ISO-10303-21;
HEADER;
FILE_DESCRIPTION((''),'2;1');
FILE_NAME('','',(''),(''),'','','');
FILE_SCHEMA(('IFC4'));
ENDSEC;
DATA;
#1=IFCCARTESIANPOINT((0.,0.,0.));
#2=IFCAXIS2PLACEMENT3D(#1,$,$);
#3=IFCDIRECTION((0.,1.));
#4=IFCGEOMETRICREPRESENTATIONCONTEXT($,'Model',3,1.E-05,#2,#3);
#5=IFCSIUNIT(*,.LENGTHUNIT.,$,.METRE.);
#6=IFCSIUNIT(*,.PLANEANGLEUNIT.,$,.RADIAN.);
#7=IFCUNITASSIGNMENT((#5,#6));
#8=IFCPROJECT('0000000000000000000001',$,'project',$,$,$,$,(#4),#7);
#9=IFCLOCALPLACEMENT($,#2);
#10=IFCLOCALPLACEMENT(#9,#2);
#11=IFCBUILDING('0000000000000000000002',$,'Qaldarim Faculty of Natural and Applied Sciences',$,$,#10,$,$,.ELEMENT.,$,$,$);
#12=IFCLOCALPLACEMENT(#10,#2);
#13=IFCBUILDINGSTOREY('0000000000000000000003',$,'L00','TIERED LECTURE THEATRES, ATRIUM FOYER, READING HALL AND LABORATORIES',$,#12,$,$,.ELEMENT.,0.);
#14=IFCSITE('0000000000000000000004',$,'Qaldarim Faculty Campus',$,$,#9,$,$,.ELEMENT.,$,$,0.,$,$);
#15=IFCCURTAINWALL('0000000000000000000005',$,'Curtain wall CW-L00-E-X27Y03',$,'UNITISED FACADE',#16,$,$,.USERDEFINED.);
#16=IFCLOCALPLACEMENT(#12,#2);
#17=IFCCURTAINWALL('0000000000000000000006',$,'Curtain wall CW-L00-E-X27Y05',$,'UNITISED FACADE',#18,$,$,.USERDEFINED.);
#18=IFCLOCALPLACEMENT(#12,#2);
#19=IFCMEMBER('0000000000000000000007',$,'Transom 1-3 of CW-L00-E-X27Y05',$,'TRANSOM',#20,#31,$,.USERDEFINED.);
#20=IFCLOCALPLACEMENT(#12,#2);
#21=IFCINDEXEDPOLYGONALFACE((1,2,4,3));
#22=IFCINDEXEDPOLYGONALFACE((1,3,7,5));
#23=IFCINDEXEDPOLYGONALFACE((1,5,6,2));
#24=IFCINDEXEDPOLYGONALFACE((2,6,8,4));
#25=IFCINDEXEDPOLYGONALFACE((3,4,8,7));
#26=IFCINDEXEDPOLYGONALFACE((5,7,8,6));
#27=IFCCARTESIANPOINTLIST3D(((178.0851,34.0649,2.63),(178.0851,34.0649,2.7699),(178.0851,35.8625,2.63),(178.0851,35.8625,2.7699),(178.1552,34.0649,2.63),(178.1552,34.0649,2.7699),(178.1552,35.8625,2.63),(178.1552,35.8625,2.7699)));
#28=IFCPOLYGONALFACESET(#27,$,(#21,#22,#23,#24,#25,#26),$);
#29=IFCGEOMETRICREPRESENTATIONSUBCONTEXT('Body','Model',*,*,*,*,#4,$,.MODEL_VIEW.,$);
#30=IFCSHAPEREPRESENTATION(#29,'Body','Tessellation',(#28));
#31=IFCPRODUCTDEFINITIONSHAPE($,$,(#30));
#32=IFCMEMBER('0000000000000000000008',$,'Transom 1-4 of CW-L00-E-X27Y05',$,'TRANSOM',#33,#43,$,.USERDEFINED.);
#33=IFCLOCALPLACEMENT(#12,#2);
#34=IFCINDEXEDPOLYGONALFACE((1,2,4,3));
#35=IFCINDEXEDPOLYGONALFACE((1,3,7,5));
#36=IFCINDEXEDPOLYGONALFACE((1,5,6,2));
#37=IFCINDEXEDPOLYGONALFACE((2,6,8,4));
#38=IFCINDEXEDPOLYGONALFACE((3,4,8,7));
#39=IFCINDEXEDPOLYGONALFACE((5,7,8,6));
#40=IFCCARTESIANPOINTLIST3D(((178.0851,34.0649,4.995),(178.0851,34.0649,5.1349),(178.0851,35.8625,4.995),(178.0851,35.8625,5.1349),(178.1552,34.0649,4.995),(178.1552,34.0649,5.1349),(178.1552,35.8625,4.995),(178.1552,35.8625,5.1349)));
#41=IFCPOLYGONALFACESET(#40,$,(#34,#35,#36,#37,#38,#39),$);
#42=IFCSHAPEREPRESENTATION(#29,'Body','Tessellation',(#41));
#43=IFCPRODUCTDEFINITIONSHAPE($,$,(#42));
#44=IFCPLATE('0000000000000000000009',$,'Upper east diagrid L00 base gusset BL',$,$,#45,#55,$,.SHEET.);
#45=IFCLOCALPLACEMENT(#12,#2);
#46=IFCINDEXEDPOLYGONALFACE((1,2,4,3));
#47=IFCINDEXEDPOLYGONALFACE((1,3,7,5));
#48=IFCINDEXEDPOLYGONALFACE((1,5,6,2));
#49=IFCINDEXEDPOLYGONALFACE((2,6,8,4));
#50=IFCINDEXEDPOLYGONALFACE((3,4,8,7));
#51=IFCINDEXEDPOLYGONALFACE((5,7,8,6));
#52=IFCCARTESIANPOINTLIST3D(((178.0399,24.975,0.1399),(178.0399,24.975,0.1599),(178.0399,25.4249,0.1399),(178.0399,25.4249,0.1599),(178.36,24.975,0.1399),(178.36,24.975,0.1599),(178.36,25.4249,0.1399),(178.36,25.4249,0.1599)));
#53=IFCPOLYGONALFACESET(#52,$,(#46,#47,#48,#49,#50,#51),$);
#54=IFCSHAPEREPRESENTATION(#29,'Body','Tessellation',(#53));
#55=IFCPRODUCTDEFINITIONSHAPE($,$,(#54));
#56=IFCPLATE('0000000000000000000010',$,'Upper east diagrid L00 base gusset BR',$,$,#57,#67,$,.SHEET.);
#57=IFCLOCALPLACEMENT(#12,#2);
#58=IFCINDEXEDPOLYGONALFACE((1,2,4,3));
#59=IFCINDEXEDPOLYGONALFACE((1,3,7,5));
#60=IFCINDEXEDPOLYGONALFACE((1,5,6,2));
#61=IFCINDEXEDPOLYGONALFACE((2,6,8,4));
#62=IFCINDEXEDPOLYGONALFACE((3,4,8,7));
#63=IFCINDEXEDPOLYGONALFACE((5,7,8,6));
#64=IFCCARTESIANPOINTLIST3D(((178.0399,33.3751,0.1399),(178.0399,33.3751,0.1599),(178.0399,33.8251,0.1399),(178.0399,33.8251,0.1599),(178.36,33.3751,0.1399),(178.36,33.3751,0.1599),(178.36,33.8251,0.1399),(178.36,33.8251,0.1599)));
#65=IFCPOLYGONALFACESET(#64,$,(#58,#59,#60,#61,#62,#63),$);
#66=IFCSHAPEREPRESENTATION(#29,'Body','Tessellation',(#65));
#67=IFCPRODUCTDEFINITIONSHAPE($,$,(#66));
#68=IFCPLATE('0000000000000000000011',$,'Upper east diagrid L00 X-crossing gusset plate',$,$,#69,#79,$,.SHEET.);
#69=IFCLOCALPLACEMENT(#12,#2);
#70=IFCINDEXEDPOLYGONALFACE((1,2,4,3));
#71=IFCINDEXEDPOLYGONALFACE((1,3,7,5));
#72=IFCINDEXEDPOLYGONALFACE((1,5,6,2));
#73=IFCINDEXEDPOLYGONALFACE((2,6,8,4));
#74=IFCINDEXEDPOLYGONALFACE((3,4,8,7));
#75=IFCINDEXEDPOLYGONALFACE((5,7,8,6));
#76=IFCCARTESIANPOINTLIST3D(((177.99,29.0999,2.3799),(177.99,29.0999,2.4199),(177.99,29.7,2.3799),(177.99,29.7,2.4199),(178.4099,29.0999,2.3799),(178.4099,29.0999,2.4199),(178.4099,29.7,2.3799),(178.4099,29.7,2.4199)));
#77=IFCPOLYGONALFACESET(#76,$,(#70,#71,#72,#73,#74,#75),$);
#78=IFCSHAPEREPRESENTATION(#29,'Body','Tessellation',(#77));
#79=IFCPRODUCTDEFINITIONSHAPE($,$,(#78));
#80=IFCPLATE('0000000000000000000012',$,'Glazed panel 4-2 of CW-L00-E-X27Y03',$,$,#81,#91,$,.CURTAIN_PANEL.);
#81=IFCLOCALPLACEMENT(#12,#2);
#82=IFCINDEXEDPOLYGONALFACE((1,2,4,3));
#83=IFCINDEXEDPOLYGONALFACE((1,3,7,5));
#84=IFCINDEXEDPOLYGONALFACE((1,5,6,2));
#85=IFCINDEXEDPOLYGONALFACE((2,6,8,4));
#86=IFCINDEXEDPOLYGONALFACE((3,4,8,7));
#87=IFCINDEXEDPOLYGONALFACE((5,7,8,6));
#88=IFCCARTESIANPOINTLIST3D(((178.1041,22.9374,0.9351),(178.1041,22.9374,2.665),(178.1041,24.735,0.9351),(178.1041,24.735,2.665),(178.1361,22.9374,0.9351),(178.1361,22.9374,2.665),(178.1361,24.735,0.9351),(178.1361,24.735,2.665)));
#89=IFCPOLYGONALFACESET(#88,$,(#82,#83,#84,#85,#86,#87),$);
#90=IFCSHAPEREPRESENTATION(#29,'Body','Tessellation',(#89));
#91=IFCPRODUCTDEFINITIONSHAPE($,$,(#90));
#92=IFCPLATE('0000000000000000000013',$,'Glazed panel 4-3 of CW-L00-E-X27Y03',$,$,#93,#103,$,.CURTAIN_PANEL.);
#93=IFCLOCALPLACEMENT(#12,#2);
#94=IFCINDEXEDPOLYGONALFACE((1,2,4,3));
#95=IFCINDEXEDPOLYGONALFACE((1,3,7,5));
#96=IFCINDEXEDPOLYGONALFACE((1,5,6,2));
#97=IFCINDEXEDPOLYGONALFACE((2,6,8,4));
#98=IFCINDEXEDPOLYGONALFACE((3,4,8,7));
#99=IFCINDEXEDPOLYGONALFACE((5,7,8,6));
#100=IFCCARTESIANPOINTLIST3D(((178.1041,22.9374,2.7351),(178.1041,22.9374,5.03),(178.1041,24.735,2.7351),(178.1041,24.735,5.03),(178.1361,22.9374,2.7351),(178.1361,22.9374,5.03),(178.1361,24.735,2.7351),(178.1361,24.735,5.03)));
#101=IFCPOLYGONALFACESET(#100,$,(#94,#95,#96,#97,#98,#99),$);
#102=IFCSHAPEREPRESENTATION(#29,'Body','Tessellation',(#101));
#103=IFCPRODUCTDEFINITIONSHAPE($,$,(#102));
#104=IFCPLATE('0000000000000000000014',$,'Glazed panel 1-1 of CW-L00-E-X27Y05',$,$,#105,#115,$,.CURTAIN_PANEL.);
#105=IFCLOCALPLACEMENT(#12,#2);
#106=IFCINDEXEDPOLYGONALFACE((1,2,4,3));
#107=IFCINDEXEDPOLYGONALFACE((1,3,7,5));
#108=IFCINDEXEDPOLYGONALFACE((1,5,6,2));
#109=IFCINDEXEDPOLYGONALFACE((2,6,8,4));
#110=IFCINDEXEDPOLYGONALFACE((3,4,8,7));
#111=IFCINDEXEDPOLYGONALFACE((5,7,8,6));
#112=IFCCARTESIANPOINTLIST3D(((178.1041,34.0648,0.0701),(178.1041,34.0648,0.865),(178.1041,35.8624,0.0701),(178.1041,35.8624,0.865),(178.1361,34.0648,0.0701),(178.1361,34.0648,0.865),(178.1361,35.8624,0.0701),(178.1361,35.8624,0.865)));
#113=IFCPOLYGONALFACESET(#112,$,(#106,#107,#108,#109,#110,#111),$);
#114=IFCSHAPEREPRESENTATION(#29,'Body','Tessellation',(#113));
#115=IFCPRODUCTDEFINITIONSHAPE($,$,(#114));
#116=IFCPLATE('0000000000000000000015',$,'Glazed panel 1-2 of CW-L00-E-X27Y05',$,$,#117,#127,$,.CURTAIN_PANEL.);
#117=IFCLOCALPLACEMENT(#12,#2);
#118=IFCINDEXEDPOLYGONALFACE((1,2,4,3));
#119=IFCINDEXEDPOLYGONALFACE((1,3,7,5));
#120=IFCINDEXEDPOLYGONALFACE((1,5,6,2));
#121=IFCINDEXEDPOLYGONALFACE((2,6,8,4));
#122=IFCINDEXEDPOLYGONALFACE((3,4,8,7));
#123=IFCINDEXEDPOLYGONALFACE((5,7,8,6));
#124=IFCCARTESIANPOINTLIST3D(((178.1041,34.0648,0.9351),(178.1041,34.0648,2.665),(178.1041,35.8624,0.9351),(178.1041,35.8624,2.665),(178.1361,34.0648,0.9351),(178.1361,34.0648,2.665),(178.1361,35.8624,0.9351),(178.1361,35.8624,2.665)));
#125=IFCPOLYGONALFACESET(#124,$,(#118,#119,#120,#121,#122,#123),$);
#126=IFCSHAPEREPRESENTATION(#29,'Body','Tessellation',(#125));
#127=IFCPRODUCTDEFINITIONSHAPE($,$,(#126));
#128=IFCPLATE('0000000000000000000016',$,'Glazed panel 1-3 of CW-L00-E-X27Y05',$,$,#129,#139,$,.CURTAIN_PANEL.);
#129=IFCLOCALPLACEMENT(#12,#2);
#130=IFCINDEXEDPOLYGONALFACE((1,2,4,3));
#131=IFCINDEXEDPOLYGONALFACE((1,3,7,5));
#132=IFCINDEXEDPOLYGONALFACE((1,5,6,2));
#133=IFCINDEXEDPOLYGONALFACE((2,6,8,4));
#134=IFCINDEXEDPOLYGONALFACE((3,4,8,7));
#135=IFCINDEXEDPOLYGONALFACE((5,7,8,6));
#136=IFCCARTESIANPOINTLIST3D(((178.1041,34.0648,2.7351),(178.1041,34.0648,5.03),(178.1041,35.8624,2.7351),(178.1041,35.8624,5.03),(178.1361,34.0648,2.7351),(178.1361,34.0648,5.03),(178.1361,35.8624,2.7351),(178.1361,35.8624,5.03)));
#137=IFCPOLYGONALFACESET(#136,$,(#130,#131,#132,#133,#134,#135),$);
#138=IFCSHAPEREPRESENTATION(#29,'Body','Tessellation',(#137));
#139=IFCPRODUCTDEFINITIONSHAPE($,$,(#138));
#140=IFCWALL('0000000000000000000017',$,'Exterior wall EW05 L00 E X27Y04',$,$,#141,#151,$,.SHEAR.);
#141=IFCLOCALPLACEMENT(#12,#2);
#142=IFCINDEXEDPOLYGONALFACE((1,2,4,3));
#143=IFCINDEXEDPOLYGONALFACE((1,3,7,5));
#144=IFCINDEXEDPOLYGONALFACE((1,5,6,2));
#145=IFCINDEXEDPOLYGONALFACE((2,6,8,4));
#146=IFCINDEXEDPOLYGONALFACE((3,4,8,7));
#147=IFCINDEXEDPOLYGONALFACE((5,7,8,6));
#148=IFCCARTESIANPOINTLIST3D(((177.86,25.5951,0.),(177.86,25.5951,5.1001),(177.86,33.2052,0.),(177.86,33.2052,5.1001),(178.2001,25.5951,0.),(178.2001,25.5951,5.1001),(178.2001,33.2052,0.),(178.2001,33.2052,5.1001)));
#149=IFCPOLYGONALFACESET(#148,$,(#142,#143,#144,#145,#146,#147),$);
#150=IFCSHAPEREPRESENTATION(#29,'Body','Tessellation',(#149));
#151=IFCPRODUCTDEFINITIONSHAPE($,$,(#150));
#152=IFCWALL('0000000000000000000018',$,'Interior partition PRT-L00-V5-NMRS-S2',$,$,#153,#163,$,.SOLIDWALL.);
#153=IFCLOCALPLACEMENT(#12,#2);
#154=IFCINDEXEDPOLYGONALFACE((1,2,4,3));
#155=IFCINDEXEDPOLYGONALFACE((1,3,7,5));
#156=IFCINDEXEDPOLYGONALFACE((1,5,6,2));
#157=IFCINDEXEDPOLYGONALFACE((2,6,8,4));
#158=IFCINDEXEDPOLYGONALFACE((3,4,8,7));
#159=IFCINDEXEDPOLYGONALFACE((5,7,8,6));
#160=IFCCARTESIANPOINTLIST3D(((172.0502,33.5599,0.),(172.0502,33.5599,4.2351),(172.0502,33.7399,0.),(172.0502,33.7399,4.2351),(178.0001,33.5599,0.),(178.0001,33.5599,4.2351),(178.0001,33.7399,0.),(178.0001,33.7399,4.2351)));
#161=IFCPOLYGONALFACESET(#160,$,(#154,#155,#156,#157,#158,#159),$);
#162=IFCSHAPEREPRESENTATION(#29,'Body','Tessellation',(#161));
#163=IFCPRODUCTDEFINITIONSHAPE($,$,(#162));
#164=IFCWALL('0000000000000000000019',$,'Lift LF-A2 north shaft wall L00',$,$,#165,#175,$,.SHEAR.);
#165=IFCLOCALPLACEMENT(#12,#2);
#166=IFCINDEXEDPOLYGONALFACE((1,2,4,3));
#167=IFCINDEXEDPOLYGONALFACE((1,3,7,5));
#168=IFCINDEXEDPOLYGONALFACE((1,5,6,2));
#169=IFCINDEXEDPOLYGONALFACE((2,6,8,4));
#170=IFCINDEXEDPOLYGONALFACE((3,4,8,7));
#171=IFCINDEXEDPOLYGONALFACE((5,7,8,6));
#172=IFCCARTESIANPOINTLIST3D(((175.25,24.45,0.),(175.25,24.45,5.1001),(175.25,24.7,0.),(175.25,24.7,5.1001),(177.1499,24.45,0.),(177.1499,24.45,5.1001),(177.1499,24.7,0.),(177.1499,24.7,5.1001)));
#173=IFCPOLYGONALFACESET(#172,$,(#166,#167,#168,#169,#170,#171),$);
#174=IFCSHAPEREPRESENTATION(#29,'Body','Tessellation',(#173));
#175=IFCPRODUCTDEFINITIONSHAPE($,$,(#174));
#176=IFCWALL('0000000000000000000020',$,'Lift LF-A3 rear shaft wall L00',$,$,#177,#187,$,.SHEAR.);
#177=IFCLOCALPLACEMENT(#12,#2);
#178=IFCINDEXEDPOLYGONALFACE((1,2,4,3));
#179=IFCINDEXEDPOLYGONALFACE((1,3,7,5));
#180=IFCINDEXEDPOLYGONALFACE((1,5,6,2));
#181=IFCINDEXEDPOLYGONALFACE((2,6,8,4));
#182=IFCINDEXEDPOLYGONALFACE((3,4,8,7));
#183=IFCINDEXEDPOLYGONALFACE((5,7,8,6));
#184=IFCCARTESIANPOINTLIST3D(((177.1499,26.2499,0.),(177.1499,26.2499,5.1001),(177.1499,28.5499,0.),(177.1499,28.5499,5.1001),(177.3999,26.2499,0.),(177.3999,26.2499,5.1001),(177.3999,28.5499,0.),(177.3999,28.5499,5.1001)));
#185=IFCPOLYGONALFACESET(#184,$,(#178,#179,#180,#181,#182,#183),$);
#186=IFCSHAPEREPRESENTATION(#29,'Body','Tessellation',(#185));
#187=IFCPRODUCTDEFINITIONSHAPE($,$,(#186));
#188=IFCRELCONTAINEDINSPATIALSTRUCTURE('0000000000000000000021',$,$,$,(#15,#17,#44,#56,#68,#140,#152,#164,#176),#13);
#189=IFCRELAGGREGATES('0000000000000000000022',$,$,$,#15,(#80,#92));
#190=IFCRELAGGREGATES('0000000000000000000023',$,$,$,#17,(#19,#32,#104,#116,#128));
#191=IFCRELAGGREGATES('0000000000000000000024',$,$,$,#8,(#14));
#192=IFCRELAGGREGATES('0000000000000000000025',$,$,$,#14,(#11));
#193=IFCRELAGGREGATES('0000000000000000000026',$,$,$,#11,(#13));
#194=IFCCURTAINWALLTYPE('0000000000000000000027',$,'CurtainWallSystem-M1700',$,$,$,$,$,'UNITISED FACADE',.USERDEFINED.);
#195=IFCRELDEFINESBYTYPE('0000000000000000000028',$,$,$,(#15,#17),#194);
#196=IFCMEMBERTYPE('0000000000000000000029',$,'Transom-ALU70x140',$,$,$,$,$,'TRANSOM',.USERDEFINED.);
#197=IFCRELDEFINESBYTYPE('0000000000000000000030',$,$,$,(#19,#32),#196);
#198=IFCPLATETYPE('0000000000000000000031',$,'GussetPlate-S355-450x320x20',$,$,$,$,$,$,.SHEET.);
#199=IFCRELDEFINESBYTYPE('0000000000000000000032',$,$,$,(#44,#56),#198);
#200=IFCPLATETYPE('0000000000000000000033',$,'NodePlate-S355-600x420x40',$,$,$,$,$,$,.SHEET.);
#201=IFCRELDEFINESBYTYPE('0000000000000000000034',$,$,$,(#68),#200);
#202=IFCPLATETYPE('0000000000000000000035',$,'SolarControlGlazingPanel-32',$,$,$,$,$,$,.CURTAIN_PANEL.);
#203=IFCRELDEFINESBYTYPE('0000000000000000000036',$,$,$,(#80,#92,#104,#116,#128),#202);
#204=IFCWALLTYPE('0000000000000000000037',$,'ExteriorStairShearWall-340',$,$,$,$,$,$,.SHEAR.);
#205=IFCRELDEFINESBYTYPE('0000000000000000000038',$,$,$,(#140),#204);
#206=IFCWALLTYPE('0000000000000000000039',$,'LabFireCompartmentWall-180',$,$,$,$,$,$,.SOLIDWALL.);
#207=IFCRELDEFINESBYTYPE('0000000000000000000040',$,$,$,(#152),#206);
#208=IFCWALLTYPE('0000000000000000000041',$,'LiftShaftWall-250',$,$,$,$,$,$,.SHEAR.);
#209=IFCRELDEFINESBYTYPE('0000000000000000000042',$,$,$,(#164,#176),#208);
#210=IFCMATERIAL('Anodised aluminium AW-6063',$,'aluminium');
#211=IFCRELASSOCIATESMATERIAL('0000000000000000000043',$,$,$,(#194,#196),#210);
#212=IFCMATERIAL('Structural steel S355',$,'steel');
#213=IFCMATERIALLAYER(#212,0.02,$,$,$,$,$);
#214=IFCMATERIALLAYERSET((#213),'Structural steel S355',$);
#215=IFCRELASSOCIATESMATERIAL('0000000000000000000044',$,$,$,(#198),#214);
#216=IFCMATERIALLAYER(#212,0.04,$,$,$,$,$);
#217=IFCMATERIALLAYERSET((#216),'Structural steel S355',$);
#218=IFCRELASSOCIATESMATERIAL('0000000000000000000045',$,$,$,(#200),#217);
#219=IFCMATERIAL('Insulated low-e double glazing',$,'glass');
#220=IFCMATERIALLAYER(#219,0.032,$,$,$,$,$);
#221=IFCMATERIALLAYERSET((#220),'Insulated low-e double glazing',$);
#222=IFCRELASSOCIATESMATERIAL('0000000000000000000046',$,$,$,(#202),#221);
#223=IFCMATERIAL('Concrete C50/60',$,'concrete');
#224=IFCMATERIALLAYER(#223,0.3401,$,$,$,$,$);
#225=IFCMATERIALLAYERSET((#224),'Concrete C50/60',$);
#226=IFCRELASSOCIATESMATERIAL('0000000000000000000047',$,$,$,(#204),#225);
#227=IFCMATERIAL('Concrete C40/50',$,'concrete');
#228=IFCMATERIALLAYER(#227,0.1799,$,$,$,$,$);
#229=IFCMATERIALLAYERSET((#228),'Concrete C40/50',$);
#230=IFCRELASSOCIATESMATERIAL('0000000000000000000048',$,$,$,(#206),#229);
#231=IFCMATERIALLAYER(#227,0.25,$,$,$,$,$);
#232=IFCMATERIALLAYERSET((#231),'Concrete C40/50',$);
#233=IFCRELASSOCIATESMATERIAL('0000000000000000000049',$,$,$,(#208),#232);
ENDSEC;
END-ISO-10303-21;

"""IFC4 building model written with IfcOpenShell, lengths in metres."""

from ifc_helpers import new_model, si_unit, direction, frame, frame_2d, origin, origin_2d, place, context, subcontext, project, spatial, rectangle, extrude, material, layer, layer_set, material_profile, profile_set, type_object, element, aggregate, save


model = new_model("IFC4")

# Units and contexts
model_context = context("Model", 3, precision=1e-05, world=origin(), true_north=direction((0.0, 1.0)))
body_context = subcontext(model_context, "Body", "Model", "MODEL_VIEW")
ifc_project = project(units=[si_unit("LENGTHUNIT", "METRE"), si_unit("PLANEANGLEUNIT", "RADIAN")], contexts=[model_context])

# Site, building, storey
site_placement = place(None, origin())
site = spatial("IfcSite", under=ifc_project, at=site_placement, Name="Qaldarim Faculty Campus", CompositionType="ELEMENT", RefElevation=0.0)
building_placement = place(site_placement, origin())
building = spatial("IfcBuilding", under=site, at=building_placement, Name="Qaldarim Faculty of Natural and Applied Sciences", CompositionType="ELEMENT")
storey_placement = place(building_placement, origin())
storey = spatial("IfcBuildingStorey", under=building, at=storey_placement, Name="L00", Description="TIERED LECTURE THEATRES, ATRIUM FOYER, READING HALL AND LABORATORIES", CompositionType="ELEMENT", Elevation=0.0)

# Shared definitions
ifc_material_1 = material(Name="Concrete C50/60", Category="concrete")

# Shared definitions
ifc_material_2 = material(Name="Concrete C40/50", Category="concrete")

# Shared definitions
ifc_material_3 = material(Name="Structural steel S355", Category="steel")

# Curtain walls
ifc_material_4 = material(Name="Anodised aluminium AW-6063", Category="aluminium")
curtain_wall_type = type_object("IfcCurtainWallType", Name="CurtainWallSystem-M1700", ElementType="UNITISED FACADE", PredefinedType="USERDEFINED", material=ifc_material_4)
curtain_wall_1_placement = place(storey_placement, origin())
curtain_wall_1 = element("IfcCurtainWall", 1, at=curtain_wall_1_placement, inside=storey, type_object=curtain_wall_type, Name="Curtain wall CW-L00-E-X27Y03", ObjectType="UNITISED FACADE", PredefinedType="USERDEFINED")
curtain_wall_2_placement = place(storey_placement, origin())
curtain_wall_2 = element("IfcCurtainWall", 2, at=curtain_wall_2_placement, inside=storey, type_object=curtain_wall_type, Name="Curtain wall CW-L00-E-X27Y05", ObjectType="UNITISED FACADE", PredefinedType="USERDEFINED")

# Members
ifc_material_profile_1 = material_profile(ifc_material_4, rectangle(XDim=0.0701, YDim=0.1399, at=origin_2d()), Name="ALU-T70x140")
ifc_profile_set_1 = profile_set([ifc_material_profile_1], Name="Anodised aluminium AW-6063")
member_type_1 = type_object("IfcMemberType", Name="Transom-ALU70x140", ElementType="TRANSOM", PredefinedType="USERDEFINED", material=ifc_profile_set_1)
member_1_placement = place(storey_placement, frame((178.1201, 34.0649, 2.7), z_axis=(0.0, 1.0, 0.0), x_axis=(-1.0, 0.0, 0.0)))
member_1 = element("IfcMember", 3, at=member_1_placement, type_object=member_type_1, Name="Transom 1-3 of CW-L00-E-X27Y05", ObjectType="TRANSOM", PredefinedType="USERDEFINED", context=body_context, shape_type="SweptSolid", body=[
    extrude(rectangle(XDim=0.0701, YDim=0.1399, at=origin_2d()), origin(), (0.0, 0.0, 1.0), 1.7976),
])
member_2_placement = place(storey_placement, frame((178.1201, 34.0649, 5.0649), z_axis=(0.0, 1.0, 0.0), x_axis=(-1.0, 0.0, 0.0)))
member_2 = element("IfcMember", 4, at=member_2_placement, type_object=member_type_1, Name="Transom 1-4 of CW-L00-E-X27Y05", ObjectType="TRANSOM", PredefinedType="USERDEFINED", context=body_context, shape_type="SweptSolid", body=[
    extrude(rectangle(XDim=0.0701, YDim=0.1399, at=origin_2d()), origin(), (0.0, 0.0, 1.0), 1.7976),
])

# Plates
ifc_layer_1 = layer(ifc_material_3, 0.02)
ifc_layer_set_1 = layer_set([ifc_layer_1], Name="Structural steel S355")
plate_type_1 = type_object("IfcPlateType", Name="GussetPlate-S355-450x320x20", PredefinedType="SHEET", material=ifc_layer_set_1)
for number, where, z_axis, x_axis, name in (
    (5, (178.2, 25.2, 0.1399), (0.0, 0.0, 1.0), (0.0, 1.0, 0.0), "Upper east diagrid L00 base gusset BL"),
    (6, (178.2, 33.6001, 0.1399), (0.0, 0.0, 1.0), (0.0, 1.0, 0.0), "Upper east diagrid L00 base gusset BR"),
):
    element("IfcPlate", number, at=place(storey_placement, frame(where, z_axis=z_axis, x_axis=x_axis)), inside=storey, type_object=plate_type_1, Name=name, PredefinedType="SHEET", context=body_context, shape_type="SweptSolid", body=[
        extrude(rectangle(XDim=0.45, YDim=0.3201, at=origin_2d()), origin(), (0.0, 0.0, 1.0), 0.02),
    ])
ifc_layer_2 = layer(ifc_material_3, 0.04)
ifc_layer_set_2 = layer_set([ifc_layer_2], Name="Structural steel S355")
plate_type_2 = type_object("IfcPlateType", Name="NodePlate-S355-600x420x40", PredefinedType="SHEET", material=ifc_layer_set_2)
plate_1_placement = place(storey_placement, frame((178.2, 29.3999, 2.3799), z_axis=(0.0, 0.0, 1.0), x_axis=(0.0, 1.0, 0.0)))
element("IfcPlate", 7, at=plate_1_placement, inside=storey, type_object=plate_type_2, Name="Upper east diagrid L00 X-crossing gusset plate", PredefinedType="SHEET", context=body_context, shape_type="SweptSolid", body=[
    extrude(rectangle(XDim=0.6001, YDim=0.4199, at=origin_2d()), origin(), (0.0, 0.0, 1.0), 0.04),
])

# Plates
ifc_material_5 = material(Name="Insulated low-e double glazing", Category="glass")
ifc_layer_3 = layer(ifc_material_5, 0.032)
ifc_layer_set_3 = layer_set([ifc_layer_3], Name="Insulated low-e double glazing")
plate_type_3 = type_object("IfcPlateType", Name="SolarControlGlazingPanel-32", PredefinedType="CURTAIN_PANEL", material=ifc_layer_set_3)
plate_2_placement = place(storey_placement, frame((178.1201, 23.8362, 0.9351), z_axis=(0.0, 0.0, 1.0), x_axis=(0.0, 1.0, 0.0)))
plate_2 = element("IfcPlate", 8, at=plate_2_placement, type_object=plate_type_3, Name="Glazed panel 4-2 of CW-L00-E-X27Y03", PredefinedType="CURTAIN_PANEL", context=body_context, shape_type="SweptSolid", body=[
    extrude(rectangle(XDim=1.7976, YDim=0.032, at=origin_2d()), origin(), (0.0, 0.0, 1.0), 1.73),
])
plate_3_placement = place(storey_placement, frame((178.1201, 23.8362, 2.7351), z_axis=(0.0, 0.0, 1.0), x_axis=(0.0, 1.0, 0.0)))
plate_3 = element("IfcPlate", 9, at=plate_3_placement, type_object=plate_type_3, Name="Glazed panel 4-3 of CW-L00-E-X27Y03", PredefinedType="CURTAIN_PANEL", context=body_context, shape_type="SweptSolid", body=[
    extrude(rectangle(XDim=1.7976, YDim=0.032, at=origin_2d()), origin(), (0.0, 0.0, 1.0), 2.2949),
])
aggregate(curtain_wall_1, [plate_2, plate_3])
plate_4_placement = place(storey_placement, frame((178.1201, 34.9636, 0.0701), z_axis=(0.0, 0.0, 1.0), x_axis=(0.0, 1.0, 0.0)))
plate_4 = element("IfcPlate", 10, at=plate_4_placement, type_object=plate_type_3, Name="Glazed panel 1-1 of CW-L00-E-X27Y05", PredefinedType="CURTAIN_PANEL", context=body_context, shape_type="SweptSolid", body=[
    extrude(rectangle(XDim=1.7976, YDim=0.032, at=origin_2d()), origin(), (0.0, 0.0, 1.0), 0.7949),
])
plate_5_placement = place(storey_placement, frame((178.1201, 34.9636, 0.9351), z_axis=(0.0, 0.0, 1.0), x_axis=(0.0, 1.0, 0.0)))
plate_5 = element("IfcPlate", 11, at=plate_5_placement, type_object=plate_type_3, Name="Glazed panel 1-2 of CW-L00-E-X27Y05", PredefinedType="CURTAIN_PANEL", context=body_context, shape_type="SweptSolid", body=[
    extrude(rectangle(XDim=1.7976, YDim=0.032, at=origin_2d()), origin(), (0.0, 0.0, 1.0), 1.73),
])
plate_6_placement = place(storey_placement, frame((178.1201, 34.9636, 2.7351), z_axis=(0.0, 0.0, 1.0), x_axis=(0.0, 1.0, 0.0)))
plate_6 = element("IfcPlate", 12, at=plate_6_placement, type_object=plate_type_3, Name="Glazed panel 1-3 of CW-L00-E-X27Y05", PredefinedType="CURTAIN_PANEL", context=body_context, shape_type="SweptSolid", body=[
    extrude(rectangle(XDim=1.7976, YDim=0.032, at=origin_2d()), origin(), (0.0, 0.0, 1.0), 2.2949),
])
aggregate(curtain_wall_2, [member_1, member_2, plate_4, plate_5, plate_6])

# Walls
ifc_layer_4 = layer(ifc_material_1, 0.3401)
ifc_layer_set_4 = layer_set([ifc_layer_4], Name="Concrete C50/60")
wall_type_1 = type_object("IfcWallType", Name="ExteriorStairShearWall-340", PredefinedType="SHEAR", material=ifc_layer_set_4)
wall_1_placement = place(storey_placement, frame((178.03, 25.595, 0.0), z_axis=(0.0, 0.0, 1.0), x_axis=(0.0, 1.0, 0.0)))
element("IfcWall", 13, at=wall_1_placement, inside=storey, type_object=wall_type_1, Name="Exterior wall EW05 L00 E X27Y04", PredefinedType="SHEAR", context=body_context, shape_type="SweptSolid", body=[
    extrude(rectangle(XDim=7.6101, YDim=0.3401, at=frame_2d((3.8052, 0.0))), origin(), (0.0, 0.0, 1.0), 5.1001),
])
ifc_layer_5 = layer(ifc_material_2, 0.1799)
ifc_layer_set_5 = layer_set([ifc_layer_5], Name="Concrete C40/50")
wall_type_2 = type_object("IfcWallType", Name="LabFireCompartmentWall-180", PredefinedType="SOLIDWALL", material=ifc_layer_set_5)
wall_2_placement = place(storey_placement, frame((172.05, 33.6499, 0.0), z_axis=(0.0, 0.0, 1.0), x_axis=(1.0, 0.0, 0.0)))
element("IfcWall", 14, at=wall_2_placement, inside=storey, type_object=wall_type_2, Name="Interior partition PRT-L00-V5-NMRS-S2", PredefinedType="SOLIDWALL", context=body_context, shape_type="SweptSolid", body=[
    extrude(rectangle(XDim=5.95, YDim=0.1799, at=frame_2d((2.9751, 0.0))), origin(), (0.0, 0.0, 1.0), 4.2351),
])
ifc_layer_6 = layer(ifc_material_2, 0.25)
ifc_layer_set_6 = layer_set([ifc_layer_6], Name="Concrete C40/50")
wall_type_3 = type_object("IfcWallType", Name="LiftShaftWall-250", PredefinedType="SHEAR", material=ifc_layer_set_6)
wall_3_placement = place(storey_placement, frame((175.25, 24.575, 0.0), z_axis=(0.0, 0.0, 1.0), x_axis=(1.0, 0.0, 0.0)))
element("IfcWall", 15, at=wall_3_placement, inside=storey, type_object=wall_type_3, Name="Lift LF-A2 north shaft wall L00", PredefinedType="SHEAR", context=body_context, shape_type="SweptSolid", body=[
    extrude(rectangle(XDim=1.8999, YDim=0.25, at=frame_2d((0.95, 0.0))), origin(), (0.0, 0.0, 1.0), 5.1001),
])

# Wall
wall_4_placement = place(storey_placement, frame((177.2749, 26.25, 0.0), z_axis=(0.0, 0.0, 1.0), x_axis=(0.0, 1.0, 0.0)))
element("IfcWall", 16, at=wall_4_placement, inside=storey, type_object=wall_type_3, Name="Lift LF-A3 rear shaft wall L00", PredefinedType="SHEAR", context=body_context, shape_type="SweptSolid", body=[
    extrude(rectangle(XDim=2.3, YDim=0.25, at=frame_2d((1.1499, 0.0))), origin(), (0.0, 0.0, 1.0), 5.1001),
])

save(model, "model.ifc")
